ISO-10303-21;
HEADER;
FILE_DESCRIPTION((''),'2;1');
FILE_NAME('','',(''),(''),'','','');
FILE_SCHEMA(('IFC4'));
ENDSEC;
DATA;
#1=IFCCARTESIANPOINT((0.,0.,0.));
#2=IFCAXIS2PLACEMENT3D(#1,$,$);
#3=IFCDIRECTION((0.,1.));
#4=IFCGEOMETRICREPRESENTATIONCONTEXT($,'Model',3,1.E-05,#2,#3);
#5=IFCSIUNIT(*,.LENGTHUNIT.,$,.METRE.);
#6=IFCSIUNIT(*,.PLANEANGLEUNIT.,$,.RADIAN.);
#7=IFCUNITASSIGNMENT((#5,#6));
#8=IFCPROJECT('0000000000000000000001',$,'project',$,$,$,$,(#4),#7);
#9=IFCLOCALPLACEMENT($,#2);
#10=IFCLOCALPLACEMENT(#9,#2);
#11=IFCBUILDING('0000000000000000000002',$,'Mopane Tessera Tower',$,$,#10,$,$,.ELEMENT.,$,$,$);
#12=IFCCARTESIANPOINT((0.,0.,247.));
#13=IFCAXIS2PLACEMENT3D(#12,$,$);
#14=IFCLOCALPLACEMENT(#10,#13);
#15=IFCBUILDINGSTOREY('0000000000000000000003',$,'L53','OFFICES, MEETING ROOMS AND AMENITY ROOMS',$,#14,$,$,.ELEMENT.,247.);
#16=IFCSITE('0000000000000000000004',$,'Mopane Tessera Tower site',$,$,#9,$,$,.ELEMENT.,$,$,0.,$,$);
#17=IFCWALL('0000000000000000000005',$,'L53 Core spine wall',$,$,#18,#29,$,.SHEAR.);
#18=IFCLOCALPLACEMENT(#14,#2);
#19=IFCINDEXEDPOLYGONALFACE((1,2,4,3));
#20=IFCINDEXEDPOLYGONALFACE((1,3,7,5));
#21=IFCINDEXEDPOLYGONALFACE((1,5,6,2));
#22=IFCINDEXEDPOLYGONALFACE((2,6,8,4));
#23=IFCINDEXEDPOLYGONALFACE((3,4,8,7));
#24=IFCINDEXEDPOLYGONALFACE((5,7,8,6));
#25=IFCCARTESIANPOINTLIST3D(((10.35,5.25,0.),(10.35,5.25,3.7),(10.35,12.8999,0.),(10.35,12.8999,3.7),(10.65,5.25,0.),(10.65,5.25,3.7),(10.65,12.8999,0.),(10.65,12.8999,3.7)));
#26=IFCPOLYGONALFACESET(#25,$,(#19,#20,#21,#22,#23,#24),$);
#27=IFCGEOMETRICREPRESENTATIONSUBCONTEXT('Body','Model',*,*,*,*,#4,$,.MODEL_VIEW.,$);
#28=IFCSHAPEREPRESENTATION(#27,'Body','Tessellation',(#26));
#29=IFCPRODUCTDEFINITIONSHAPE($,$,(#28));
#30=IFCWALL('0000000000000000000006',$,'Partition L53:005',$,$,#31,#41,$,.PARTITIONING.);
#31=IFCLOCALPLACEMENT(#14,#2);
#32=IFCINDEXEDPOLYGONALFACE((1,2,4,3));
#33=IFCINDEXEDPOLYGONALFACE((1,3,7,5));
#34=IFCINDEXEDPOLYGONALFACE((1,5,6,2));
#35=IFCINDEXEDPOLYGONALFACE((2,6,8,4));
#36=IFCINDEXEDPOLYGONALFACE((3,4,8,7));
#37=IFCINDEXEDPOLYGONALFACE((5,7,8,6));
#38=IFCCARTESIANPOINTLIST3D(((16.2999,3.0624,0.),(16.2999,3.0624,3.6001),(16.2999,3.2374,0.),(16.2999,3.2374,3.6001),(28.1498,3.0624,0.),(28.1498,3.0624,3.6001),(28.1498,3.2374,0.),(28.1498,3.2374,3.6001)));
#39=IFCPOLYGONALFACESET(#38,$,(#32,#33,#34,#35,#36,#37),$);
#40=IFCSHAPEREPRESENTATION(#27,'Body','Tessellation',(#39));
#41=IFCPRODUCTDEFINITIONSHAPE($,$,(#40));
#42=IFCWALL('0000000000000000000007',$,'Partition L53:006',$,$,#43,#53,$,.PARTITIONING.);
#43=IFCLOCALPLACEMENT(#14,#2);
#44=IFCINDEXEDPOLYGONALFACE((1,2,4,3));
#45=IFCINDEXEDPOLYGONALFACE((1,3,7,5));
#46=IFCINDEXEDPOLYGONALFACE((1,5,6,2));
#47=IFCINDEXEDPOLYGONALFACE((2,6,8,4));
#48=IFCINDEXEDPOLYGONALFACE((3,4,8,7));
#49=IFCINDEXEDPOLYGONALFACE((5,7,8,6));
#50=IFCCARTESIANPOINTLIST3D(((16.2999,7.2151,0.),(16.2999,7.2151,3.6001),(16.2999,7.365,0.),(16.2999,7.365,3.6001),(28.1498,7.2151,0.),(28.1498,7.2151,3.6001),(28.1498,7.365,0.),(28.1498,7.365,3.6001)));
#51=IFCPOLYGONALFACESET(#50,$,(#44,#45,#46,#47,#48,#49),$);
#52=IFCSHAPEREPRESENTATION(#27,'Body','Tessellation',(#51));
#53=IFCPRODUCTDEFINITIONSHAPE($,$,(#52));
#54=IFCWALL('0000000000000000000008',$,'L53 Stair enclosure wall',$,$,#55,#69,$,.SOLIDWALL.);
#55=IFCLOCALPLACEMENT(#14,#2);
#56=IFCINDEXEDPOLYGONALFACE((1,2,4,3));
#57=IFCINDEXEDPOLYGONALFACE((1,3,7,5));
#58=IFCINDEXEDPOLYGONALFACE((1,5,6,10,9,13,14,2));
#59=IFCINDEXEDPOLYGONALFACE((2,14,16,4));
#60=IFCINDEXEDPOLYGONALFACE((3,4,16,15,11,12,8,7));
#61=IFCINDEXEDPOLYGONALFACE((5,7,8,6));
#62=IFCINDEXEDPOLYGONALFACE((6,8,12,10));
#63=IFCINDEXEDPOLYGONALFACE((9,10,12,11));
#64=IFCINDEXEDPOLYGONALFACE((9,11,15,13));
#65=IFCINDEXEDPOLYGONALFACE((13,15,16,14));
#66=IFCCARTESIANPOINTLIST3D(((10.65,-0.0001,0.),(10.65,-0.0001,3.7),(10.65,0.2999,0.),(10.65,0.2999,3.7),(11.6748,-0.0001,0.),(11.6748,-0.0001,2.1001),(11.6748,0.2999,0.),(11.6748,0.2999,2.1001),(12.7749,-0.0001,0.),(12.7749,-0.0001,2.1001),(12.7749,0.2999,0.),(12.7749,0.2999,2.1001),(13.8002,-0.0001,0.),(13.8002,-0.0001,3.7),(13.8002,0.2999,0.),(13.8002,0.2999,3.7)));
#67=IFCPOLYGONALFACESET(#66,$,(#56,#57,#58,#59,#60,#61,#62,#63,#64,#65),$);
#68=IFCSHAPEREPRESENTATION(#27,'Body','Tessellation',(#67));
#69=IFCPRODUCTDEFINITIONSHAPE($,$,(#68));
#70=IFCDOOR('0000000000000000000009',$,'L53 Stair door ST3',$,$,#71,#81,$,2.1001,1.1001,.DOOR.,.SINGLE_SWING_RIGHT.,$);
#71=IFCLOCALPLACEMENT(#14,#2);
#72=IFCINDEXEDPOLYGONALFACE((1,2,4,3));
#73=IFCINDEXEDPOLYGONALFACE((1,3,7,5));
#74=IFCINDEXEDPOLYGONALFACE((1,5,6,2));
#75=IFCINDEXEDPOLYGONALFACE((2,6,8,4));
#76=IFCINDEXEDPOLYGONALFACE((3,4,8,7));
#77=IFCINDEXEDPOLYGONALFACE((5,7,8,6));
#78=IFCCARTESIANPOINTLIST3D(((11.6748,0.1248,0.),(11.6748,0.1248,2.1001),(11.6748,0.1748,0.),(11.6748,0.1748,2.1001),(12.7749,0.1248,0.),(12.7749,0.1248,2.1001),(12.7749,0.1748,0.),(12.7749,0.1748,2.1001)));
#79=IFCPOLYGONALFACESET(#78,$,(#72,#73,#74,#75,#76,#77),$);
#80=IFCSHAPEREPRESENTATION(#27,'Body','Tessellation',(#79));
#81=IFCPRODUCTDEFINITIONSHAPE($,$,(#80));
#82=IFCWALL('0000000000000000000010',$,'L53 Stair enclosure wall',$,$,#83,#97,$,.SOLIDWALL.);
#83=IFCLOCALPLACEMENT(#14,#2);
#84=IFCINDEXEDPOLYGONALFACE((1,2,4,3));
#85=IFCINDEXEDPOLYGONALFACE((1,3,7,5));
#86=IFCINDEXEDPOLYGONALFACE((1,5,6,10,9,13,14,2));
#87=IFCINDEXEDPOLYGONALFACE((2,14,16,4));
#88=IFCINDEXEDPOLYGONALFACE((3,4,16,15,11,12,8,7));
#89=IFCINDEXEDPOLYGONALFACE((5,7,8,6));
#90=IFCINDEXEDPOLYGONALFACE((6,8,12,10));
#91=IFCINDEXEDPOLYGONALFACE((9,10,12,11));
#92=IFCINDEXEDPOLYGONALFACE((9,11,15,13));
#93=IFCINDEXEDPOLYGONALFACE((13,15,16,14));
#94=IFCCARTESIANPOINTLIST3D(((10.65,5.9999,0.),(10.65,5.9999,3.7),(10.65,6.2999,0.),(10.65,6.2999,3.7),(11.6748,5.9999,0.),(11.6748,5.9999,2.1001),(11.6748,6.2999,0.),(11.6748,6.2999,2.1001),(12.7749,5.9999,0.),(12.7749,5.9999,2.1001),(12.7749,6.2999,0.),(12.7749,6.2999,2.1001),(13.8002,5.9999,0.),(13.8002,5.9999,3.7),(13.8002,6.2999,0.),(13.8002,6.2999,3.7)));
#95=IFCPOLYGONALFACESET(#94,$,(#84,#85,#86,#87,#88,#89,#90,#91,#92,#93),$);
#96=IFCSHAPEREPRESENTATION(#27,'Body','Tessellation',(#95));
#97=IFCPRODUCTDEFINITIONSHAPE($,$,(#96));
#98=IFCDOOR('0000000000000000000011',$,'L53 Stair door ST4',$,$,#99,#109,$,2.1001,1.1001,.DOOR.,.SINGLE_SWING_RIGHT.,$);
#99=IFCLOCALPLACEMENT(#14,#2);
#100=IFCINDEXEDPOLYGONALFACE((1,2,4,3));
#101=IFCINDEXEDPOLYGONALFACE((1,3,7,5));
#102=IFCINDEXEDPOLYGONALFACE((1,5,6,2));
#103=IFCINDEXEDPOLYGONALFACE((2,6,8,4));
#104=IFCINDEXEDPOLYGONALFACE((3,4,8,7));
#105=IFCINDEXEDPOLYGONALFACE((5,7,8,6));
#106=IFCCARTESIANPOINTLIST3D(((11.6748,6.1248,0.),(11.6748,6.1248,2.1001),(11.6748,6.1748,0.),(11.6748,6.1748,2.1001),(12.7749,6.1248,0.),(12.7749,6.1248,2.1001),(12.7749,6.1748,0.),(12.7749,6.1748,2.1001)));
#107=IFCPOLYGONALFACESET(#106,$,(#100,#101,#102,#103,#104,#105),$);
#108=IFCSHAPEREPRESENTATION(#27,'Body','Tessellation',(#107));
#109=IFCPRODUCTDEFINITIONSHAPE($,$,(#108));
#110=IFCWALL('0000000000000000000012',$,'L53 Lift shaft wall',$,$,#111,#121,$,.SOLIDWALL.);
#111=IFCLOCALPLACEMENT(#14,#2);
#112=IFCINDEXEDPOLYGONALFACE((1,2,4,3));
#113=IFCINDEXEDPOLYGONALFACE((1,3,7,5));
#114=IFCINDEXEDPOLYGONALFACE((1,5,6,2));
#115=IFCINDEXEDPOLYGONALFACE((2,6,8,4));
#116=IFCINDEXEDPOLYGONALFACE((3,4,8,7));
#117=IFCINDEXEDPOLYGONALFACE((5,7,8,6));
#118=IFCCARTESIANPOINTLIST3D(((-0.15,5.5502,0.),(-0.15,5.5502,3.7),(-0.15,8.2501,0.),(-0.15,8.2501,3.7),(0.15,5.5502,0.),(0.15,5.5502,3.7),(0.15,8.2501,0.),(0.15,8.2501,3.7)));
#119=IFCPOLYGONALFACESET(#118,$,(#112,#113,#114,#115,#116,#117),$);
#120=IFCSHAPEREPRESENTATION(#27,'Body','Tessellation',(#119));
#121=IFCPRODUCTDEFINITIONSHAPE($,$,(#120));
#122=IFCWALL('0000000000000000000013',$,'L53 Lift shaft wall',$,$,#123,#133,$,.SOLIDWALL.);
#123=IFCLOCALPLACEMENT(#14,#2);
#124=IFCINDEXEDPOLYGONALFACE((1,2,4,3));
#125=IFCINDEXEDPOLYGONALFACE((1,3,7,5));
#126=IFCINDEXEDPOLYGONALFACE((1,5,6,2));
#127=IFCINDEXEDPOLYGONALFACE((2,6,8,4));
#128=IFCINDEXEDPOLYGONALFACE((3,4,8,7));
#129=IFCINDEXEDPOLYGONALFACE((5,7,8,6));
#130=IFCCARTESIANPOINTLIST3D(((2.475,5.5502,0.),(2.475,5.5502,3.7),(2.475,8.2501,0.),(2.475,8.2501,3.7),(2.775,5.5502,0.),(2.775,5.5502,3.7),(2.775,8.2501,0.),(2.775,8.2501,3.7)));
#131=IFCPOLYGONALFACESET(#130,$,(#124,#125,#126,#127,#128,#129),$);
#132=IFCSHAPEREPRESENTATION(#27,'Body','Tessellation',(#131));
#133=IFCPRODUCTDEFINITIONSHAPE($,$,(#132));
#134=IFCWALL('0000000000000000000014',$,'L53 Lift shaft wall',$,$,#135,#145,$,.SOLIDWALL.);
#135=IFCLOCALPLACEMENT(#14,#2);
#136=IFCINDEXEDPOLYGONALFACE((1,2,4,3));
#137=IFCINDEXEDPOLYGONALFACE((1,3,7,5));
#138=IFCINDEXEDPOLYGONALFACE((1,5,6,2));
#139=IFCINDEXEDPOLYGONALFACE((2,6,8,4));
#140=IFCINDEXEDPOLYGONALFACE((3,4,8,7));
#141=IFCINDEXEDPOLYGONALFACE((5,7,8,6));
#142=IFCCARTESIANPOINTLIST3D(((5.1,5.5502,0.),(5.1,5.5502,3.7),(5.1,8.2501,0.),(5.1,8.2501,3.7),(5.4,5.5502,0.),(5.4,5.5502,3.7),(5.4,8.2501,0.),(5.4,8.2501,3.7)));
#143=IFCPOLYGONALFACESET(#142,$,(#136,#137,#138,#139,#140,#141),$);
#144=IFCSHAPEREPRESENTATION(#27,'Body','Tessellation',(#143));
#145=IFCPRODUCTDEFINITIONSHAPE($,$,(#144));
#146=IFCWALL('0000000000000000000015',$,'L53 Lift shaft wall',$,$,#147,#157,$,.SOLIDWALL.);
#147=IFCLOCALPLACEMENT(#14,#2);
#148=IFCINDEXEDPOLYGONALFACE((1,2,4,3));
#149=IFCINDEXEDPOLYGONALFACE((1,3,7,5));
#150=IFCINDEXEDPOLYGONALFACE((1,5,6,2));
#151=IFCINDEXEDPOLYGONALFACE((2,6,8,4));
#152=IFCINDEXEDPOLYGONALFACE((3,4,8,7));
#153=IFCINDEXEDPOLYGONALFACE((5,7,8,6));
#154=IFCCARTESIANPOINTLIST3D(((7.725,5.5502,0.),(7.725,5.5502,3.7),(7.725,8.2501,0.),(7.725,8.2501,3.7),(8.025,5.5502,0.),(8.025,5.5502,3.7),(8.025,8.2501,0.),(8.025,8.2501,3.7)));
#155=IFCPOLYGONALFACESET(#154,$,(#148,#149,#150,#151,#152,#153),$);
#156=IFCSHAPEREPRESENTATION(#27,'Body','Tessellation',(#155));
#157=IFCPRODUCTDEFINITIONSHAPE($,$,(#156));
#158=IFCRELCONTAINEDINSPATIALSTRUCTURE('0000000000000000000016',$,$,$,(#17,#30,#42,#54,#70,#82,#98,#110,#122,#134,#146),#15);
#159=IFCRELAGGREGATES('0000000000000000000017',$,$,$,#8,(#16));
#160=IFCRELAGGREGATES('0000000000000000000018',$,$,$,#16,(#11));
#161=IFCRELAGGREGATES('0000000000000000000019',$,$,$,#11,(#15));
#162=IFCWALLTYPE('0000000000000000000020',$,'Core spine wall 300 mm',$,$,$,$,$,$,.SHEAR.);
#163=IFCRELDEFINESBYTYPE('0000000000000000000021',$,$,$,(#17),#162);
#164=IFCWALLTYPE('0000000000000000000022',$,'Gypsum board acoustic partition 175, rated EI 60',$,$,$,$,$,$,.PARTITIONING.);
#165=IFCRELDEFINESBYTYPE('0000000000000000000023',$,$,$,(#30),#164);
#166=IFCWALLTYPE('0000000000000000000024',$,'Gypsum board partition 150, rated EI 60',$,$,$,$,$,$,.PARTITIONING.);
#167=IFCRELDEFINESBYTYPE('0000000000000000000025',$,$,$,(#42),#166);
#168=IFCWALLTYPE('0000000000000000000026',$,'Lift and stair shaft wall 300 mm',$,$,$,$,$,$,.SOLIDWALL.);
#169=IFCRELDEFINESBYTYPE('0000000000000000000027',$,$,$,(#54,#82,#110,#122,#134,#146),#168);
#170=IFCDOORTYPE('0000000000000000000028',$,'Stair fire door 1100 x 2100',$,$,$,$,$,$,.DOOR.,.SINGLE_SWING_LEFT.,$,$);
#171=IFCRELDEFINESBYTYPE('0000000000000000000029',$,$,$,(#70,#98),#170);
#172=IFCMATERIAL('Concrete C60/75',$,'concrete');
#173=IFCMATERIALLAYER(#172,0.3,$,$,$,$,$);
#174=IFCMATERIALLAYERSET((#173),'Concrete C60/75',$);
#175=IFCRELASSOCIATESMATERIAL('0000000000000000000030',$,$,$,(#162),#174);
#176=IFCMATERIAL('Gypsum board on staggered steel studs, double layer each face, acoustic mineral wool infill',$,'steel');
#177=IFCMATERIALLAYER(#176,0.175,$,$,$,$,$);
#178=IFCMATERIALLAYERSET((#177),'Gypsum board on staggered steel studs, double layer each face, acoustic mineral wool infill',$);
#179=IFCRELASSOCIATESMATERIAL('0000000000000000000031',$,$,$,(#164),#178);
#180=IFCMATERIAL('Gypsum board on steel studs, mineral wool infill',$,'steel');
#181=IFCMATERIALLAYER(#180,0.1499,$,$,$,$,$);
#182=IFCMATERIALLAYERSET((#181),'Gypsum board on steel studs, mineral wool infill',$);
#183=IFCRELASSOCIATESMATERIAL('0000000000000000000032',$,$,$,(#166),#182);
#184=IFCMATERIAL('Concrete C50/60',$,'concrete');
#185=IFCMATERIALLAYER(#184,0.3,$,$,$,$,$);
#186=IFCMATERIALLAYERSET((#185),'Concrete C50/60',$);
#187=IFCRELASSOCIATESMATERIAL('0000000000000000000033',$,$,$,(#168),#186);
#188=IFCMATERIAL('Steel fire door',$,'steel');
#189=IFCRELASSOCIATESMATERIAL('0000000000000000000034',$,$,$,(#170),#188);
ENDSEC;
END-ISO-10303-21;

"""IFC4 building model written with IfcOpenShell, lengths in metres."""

from ifc_helpers import new_model, si_unit, direction, frame, frame_2d, origin, place, context, subcontext, project, spatial, rectangle, extrude, material, layer, layer_set, type_object, element, fill, save


model = new_model("IFC4")

# Units and contexts
model_context = context("Model", 3, precision=1e-05, world=origin(), true_north=direction((0.0, 1.0)))
body_context = subcontext(model_context, "Body", "Model", "MODEL_VIEW")
ifc_project = project(units=[si_unit("LENGTHUNIT", "METRE"), si_unit("PLANEANGLEUNIT", "RADIAN")], contexts=[model_context])

# Site, building, storey
site_placement = place(None, origin())
site = spatial("IfcSite", under=ifc_project, at=site_placement, Name="Mopane Tessera Tower site", CompositionType="ELEMENT", RefElevation=0.0)
building_placement = place(site_placement, origin())
building = spatial("IfcBuilding", under=site, at=building_placement, Name="Mopane Tessera Tower", CompositionType="ELEMENT")
storey_placement = place(building_placement, frame((0.0, 0.0, 247.0)))
storey = spatial("IfcBuildingStorey", under=building, at=storey_placement, Name="L53", Description="OFFICES, MEETING ROOMS AND AMENITY ROOMS", CompositionType="ELEMENT", Elevation=247.0)

# Walls
ifc_material_1 = material(Name="Concrete C60/75", Category="concrete")
ifc_layer_1 = layer(ifc_material_1, 0.3)
ifc_layer_set_1 = layer_set([ifc_layer_1], Name="Concrete C60/75")
wall_type_1 = type_object("IfcWallType", Name="Core spine wall 300 mm", PredefinedType="SHEAR", material=ifc_layer_set_1)
wall_1_placement = place(storey_placement, frame((10.5, 5.25, 0.0), z_axis=(0.0, 0.0, 1.0), x_axis=(0.0, 1.0, 0.0)))
element("IfcWall", 1, at=wall_1_placement, inside=storey, type_object=wall_type_1, Name="L53 Core spine wall", PredefinedType="SHEAR", context=body_context, shape_type="SweptSolid", body=[
    extrude(rectangle(XDim=7.6499, YDim=0.3, at=frame_2d((3.825, 0.0))), origin(), (0.0, 0.0, 1.0), 3.7),
])
ifc_material_2 = material(Name="Gypsum board on staggered steel studs, double layer each face, acoustic mineral wool infill", Category="steel")
ifc_layer_2 = layer(ifc_material_2, 0.175)
ifc_layer_set_2 = layer_set([ifc_layer_2], Name="Gypsum board on staggered steel studs, double layer each face, acoustic mineral wool infill")
wall_type_2 = type_object("IfcWallType", Name="Gypsum board acoustic partition 175, rated EI 60", PredefinedType="PARTITIONING", material=ifc_layer_set_2)
wall_2_placement = place(storey_placement, frame((16.3, 3.1499, 0.0), z_axis=(0.0, 0.0, 1.0), x_axis=(1.0, 0.0, 0.0)))
element("IfcWall", 2, at=wall_2_placement, inside=storey, type_object=wall_type_2, Name="Partition L53:005", PredefinedType="PARTITIONING", context=body_context, shape_type="SweptSolid", body=[
    extrude(rectangle(XDim=11.8499, YDim=0.175, at=frame_2d((5.9248, 0.0))), origin(), (0.0, 0.0, 1.0), 3.6001),
])
ifc_material_3 = material(Name="Gypsum board on steel studs, mineral wool infill", Category="steel")
ifc_layer_3 = layer(ifc_material_3, 0.1499)
ifc_layer_set_3 = layer_set([ifc_layer_3], Name="Gypsum board on steel studs, mineral wool infill")
wall_type_3 = type_object("IfcWallType", Name="Gypsum board partition 150, rated EI 60", PredefinedType="PARTITIONING", material=ifc_layer_set_3)
wall_3_placement = place(storey_placement, frame((16.3, 7.29, 0.0), z_axis=(0.0, 0.0, 1.0), x_axis=(1.0, 0.0, 0.0)))
element("IfcWall", 3, at=wall_3_placement, inside=storey, type_object=wall_type_3, Name="Partition L53:006", PredefinedType="PARTITIONING", context=body_context, shape_type="SweptSolid", body=[
    extrude(rectangle(XDim=11.8499, YDim=0.1499, at=frame_2d((5.9248, 0.0))), origin(), (0.0, 0.0, 1.0), 3.6001),
])

# Walls, openings, doors
ifc_material_4 = material(Name="Concrete C50/60", Category="concrete")
ifc_layer_4 = layer(ifc_material_4, 0.3)
ifc_layer_set_4 = layer_set([ifc_layer_4], Name="Concrete C50/60")
wall_type_4 = type_object("IfcWallType", Name="Lift and stair shaft wall 300 mm", PredefinedType="SOLIDWALL", material=ifc_layer_set_4)
wall_4_placement = place(storey_placement, frame((10.6499, 0.1499, 0.0), z_axis=(0.0, 0.0, 1.0), x_axis=(1.0, 0.0, 0.0)))
wall_4 = element("IfcWall", 4, at=wall_4_placement, inside=storey, type_object=wall_type_4, Name="L53 Stair enclosure wall", PredefinedType="SOLIDWALL", context=body_context, shape_type="SweptSolid", body=[
    extrude(rectangle(XDim=3.1501, YDim=0.3, at=frame_2d((1.5752, 0.0))), origin(), (0.0, 0.0, 1.0), 3.7),
])
opening_1_placement = place(wall_4_placement, frame((1.0249, 0.0, 0.0)))
opening_1 = element("IfcOpeningElement", 5, at=opening_1_placement, cuts=wall_4, PredefinedType="OPENING", context=body_context, shape_type="SweptSolid", body=[
    extrude(rectangle(XDim=1.1001, YDim=2.1001, at=frame_2d((0.55, 1.05))), frame((0.0, 0.1621, 0.0), z_axis=(0.0, -1.0, 0.0), x_axis=(1.0, 0.0, 0.0)), (0.0, 0.0, 1.0), 0.324),
])
ifc_material_5 = material(Name="Steel fire door", Category="steel")
door_type = type_object("IfcDoorType", Name="Stair fire door 1100 x 2100", OperationType="SINGLE_SWING_LEFT", PredefinedType="DOOR", material=ifc_material_5)
door_1_placement = place(opening_1_placement, origin())
door_1 = element("IfcDoor", 6, at=door_1_placement, inside=storey, type_object=door_type, Name="L53 Stair door ST3", OperationType="SINGLE_SWING_RIGHT", OverallHeight=2.1001, OverallWidth=1.1001, PredefinedType="DOOR", context=body_context, shape_type="SweptSolid", body=[
    extrude(rectangle(XDim=1.1001, YDim=2.1001, at=frame_2d((0.55, 1.05))), frame((0.0, 0.0249, 0.0), z_axis=(0.0, -1.0, 0.0), x_axis=(1.0, 0.0, 0.0)), (0.0, 0.0, 1.0), 0.05),
])
fill(opening_1, door_1)
wall_5_placement = place(storey_placement, frame((10.6499, 6.1499, 0.0), z_axis=(0.0, 0.0, 1.0), x_axis=(1.0, 0.0, 0.0)))
wall_5 = element("IfcWall", 7, at=wall_5_placement, inside=storey, type_object=wall_type_4, Name="L53 Stair enclosure wall", PredefinedType="SOLIDWALL", context=body_context, shape_type="SweptSolid", body=[
    extrude(rectangle(XDim=3.1501, YDim=0.3, at=frame_2d((1.5752, 0.0))), origin(), (0.0, 0.0, 1.0), 3.7),
])
opening_2_placement = place(wall_5_placement, frame((1.0249, 0.0, 0.0)))
opening_2 = element("IfcOpeningElement", 8, at=opening_2_placement, cuts=wall_5, PredefinedType="OPENING", context=body_context, shape_type="SweptSolid", body=[
    extrude(rectangle(XDim=1.1001, YDim=2.1001, at=frame_2d((0.55, 1.05))), frame((0.0, 0.1621, 0.0), z_axis=(0.0, -1.0, 0.0), x_axis=(1.0, 0.0, 0.0)), (0.0, 0.0, 1.0), 0.324),
])
door_2_placement = place(opening_2_placement, origin())
door_2 = element("IfcDoor", 9, at=door_2_placement, inside=storey, type_object=door_type, Name="L53 Stair door ST4", OperationType="SINGLE_SWING_RIGHT", OverallHeight=2.1001, OverallWidth=1.1001, PredefinedType="DOOR", context=body_context, shape_type="SweptSolid", body=[
    extrude(rectangle(XDim=1.1001, YDim=2.1001, at=frame_2d((0.55, 1.05))), frame((0.0, 0.0249, 0.0), z_axis=(0.0, -1.0, 0.0), x_axis=(1.0, 0.0, 0.0)), (0.0, 0.0, 1.0), 0.05),
])
fill(opening_2, door_2)

# Walls
for number, where, z_axis, x_axis, name in (
    (10, (0.0, 5.55, 0.0), (0.0, 0.0, 1.0), (0.0, 1.0, 0.0), "L53 Lift shaft wall"),
    (11, (2.625, 5.55, 0.0), (0.0, 0.0, 1.0), (0.0, 1.0, 0.0), "L53 Lift shaft wall"),
    (12, (5.25, 5.55, 0.0), (0.0, 0.0, 1.0), (0.0, 1.0, 0.0), "L53 Lift shaft wall"),
    (13, (7.875, 5.55, 0.0), (0.0, 0.0, 1.0), (0.0, 1.0, 0.0), "L53 Lift shaft wall"),
):
    element("IfcWall", number, at=place(storey_placement, frame(where, z_axis=z_axis, x_axis=x_axis)), inside=storey, type_object=wall_type_4, Name=name, PredefinedType="SOLIDWALL", context=body_context, shape_type="SweptSolid", body=[
        extrude(rectangle(XDim=2.7, YDim=0.3, at=frame_2d((1.3501, 0.0))), origin(), (0.0, 0.0, 1.0), 3.7),
    ])

save(model, "model.ifc")
